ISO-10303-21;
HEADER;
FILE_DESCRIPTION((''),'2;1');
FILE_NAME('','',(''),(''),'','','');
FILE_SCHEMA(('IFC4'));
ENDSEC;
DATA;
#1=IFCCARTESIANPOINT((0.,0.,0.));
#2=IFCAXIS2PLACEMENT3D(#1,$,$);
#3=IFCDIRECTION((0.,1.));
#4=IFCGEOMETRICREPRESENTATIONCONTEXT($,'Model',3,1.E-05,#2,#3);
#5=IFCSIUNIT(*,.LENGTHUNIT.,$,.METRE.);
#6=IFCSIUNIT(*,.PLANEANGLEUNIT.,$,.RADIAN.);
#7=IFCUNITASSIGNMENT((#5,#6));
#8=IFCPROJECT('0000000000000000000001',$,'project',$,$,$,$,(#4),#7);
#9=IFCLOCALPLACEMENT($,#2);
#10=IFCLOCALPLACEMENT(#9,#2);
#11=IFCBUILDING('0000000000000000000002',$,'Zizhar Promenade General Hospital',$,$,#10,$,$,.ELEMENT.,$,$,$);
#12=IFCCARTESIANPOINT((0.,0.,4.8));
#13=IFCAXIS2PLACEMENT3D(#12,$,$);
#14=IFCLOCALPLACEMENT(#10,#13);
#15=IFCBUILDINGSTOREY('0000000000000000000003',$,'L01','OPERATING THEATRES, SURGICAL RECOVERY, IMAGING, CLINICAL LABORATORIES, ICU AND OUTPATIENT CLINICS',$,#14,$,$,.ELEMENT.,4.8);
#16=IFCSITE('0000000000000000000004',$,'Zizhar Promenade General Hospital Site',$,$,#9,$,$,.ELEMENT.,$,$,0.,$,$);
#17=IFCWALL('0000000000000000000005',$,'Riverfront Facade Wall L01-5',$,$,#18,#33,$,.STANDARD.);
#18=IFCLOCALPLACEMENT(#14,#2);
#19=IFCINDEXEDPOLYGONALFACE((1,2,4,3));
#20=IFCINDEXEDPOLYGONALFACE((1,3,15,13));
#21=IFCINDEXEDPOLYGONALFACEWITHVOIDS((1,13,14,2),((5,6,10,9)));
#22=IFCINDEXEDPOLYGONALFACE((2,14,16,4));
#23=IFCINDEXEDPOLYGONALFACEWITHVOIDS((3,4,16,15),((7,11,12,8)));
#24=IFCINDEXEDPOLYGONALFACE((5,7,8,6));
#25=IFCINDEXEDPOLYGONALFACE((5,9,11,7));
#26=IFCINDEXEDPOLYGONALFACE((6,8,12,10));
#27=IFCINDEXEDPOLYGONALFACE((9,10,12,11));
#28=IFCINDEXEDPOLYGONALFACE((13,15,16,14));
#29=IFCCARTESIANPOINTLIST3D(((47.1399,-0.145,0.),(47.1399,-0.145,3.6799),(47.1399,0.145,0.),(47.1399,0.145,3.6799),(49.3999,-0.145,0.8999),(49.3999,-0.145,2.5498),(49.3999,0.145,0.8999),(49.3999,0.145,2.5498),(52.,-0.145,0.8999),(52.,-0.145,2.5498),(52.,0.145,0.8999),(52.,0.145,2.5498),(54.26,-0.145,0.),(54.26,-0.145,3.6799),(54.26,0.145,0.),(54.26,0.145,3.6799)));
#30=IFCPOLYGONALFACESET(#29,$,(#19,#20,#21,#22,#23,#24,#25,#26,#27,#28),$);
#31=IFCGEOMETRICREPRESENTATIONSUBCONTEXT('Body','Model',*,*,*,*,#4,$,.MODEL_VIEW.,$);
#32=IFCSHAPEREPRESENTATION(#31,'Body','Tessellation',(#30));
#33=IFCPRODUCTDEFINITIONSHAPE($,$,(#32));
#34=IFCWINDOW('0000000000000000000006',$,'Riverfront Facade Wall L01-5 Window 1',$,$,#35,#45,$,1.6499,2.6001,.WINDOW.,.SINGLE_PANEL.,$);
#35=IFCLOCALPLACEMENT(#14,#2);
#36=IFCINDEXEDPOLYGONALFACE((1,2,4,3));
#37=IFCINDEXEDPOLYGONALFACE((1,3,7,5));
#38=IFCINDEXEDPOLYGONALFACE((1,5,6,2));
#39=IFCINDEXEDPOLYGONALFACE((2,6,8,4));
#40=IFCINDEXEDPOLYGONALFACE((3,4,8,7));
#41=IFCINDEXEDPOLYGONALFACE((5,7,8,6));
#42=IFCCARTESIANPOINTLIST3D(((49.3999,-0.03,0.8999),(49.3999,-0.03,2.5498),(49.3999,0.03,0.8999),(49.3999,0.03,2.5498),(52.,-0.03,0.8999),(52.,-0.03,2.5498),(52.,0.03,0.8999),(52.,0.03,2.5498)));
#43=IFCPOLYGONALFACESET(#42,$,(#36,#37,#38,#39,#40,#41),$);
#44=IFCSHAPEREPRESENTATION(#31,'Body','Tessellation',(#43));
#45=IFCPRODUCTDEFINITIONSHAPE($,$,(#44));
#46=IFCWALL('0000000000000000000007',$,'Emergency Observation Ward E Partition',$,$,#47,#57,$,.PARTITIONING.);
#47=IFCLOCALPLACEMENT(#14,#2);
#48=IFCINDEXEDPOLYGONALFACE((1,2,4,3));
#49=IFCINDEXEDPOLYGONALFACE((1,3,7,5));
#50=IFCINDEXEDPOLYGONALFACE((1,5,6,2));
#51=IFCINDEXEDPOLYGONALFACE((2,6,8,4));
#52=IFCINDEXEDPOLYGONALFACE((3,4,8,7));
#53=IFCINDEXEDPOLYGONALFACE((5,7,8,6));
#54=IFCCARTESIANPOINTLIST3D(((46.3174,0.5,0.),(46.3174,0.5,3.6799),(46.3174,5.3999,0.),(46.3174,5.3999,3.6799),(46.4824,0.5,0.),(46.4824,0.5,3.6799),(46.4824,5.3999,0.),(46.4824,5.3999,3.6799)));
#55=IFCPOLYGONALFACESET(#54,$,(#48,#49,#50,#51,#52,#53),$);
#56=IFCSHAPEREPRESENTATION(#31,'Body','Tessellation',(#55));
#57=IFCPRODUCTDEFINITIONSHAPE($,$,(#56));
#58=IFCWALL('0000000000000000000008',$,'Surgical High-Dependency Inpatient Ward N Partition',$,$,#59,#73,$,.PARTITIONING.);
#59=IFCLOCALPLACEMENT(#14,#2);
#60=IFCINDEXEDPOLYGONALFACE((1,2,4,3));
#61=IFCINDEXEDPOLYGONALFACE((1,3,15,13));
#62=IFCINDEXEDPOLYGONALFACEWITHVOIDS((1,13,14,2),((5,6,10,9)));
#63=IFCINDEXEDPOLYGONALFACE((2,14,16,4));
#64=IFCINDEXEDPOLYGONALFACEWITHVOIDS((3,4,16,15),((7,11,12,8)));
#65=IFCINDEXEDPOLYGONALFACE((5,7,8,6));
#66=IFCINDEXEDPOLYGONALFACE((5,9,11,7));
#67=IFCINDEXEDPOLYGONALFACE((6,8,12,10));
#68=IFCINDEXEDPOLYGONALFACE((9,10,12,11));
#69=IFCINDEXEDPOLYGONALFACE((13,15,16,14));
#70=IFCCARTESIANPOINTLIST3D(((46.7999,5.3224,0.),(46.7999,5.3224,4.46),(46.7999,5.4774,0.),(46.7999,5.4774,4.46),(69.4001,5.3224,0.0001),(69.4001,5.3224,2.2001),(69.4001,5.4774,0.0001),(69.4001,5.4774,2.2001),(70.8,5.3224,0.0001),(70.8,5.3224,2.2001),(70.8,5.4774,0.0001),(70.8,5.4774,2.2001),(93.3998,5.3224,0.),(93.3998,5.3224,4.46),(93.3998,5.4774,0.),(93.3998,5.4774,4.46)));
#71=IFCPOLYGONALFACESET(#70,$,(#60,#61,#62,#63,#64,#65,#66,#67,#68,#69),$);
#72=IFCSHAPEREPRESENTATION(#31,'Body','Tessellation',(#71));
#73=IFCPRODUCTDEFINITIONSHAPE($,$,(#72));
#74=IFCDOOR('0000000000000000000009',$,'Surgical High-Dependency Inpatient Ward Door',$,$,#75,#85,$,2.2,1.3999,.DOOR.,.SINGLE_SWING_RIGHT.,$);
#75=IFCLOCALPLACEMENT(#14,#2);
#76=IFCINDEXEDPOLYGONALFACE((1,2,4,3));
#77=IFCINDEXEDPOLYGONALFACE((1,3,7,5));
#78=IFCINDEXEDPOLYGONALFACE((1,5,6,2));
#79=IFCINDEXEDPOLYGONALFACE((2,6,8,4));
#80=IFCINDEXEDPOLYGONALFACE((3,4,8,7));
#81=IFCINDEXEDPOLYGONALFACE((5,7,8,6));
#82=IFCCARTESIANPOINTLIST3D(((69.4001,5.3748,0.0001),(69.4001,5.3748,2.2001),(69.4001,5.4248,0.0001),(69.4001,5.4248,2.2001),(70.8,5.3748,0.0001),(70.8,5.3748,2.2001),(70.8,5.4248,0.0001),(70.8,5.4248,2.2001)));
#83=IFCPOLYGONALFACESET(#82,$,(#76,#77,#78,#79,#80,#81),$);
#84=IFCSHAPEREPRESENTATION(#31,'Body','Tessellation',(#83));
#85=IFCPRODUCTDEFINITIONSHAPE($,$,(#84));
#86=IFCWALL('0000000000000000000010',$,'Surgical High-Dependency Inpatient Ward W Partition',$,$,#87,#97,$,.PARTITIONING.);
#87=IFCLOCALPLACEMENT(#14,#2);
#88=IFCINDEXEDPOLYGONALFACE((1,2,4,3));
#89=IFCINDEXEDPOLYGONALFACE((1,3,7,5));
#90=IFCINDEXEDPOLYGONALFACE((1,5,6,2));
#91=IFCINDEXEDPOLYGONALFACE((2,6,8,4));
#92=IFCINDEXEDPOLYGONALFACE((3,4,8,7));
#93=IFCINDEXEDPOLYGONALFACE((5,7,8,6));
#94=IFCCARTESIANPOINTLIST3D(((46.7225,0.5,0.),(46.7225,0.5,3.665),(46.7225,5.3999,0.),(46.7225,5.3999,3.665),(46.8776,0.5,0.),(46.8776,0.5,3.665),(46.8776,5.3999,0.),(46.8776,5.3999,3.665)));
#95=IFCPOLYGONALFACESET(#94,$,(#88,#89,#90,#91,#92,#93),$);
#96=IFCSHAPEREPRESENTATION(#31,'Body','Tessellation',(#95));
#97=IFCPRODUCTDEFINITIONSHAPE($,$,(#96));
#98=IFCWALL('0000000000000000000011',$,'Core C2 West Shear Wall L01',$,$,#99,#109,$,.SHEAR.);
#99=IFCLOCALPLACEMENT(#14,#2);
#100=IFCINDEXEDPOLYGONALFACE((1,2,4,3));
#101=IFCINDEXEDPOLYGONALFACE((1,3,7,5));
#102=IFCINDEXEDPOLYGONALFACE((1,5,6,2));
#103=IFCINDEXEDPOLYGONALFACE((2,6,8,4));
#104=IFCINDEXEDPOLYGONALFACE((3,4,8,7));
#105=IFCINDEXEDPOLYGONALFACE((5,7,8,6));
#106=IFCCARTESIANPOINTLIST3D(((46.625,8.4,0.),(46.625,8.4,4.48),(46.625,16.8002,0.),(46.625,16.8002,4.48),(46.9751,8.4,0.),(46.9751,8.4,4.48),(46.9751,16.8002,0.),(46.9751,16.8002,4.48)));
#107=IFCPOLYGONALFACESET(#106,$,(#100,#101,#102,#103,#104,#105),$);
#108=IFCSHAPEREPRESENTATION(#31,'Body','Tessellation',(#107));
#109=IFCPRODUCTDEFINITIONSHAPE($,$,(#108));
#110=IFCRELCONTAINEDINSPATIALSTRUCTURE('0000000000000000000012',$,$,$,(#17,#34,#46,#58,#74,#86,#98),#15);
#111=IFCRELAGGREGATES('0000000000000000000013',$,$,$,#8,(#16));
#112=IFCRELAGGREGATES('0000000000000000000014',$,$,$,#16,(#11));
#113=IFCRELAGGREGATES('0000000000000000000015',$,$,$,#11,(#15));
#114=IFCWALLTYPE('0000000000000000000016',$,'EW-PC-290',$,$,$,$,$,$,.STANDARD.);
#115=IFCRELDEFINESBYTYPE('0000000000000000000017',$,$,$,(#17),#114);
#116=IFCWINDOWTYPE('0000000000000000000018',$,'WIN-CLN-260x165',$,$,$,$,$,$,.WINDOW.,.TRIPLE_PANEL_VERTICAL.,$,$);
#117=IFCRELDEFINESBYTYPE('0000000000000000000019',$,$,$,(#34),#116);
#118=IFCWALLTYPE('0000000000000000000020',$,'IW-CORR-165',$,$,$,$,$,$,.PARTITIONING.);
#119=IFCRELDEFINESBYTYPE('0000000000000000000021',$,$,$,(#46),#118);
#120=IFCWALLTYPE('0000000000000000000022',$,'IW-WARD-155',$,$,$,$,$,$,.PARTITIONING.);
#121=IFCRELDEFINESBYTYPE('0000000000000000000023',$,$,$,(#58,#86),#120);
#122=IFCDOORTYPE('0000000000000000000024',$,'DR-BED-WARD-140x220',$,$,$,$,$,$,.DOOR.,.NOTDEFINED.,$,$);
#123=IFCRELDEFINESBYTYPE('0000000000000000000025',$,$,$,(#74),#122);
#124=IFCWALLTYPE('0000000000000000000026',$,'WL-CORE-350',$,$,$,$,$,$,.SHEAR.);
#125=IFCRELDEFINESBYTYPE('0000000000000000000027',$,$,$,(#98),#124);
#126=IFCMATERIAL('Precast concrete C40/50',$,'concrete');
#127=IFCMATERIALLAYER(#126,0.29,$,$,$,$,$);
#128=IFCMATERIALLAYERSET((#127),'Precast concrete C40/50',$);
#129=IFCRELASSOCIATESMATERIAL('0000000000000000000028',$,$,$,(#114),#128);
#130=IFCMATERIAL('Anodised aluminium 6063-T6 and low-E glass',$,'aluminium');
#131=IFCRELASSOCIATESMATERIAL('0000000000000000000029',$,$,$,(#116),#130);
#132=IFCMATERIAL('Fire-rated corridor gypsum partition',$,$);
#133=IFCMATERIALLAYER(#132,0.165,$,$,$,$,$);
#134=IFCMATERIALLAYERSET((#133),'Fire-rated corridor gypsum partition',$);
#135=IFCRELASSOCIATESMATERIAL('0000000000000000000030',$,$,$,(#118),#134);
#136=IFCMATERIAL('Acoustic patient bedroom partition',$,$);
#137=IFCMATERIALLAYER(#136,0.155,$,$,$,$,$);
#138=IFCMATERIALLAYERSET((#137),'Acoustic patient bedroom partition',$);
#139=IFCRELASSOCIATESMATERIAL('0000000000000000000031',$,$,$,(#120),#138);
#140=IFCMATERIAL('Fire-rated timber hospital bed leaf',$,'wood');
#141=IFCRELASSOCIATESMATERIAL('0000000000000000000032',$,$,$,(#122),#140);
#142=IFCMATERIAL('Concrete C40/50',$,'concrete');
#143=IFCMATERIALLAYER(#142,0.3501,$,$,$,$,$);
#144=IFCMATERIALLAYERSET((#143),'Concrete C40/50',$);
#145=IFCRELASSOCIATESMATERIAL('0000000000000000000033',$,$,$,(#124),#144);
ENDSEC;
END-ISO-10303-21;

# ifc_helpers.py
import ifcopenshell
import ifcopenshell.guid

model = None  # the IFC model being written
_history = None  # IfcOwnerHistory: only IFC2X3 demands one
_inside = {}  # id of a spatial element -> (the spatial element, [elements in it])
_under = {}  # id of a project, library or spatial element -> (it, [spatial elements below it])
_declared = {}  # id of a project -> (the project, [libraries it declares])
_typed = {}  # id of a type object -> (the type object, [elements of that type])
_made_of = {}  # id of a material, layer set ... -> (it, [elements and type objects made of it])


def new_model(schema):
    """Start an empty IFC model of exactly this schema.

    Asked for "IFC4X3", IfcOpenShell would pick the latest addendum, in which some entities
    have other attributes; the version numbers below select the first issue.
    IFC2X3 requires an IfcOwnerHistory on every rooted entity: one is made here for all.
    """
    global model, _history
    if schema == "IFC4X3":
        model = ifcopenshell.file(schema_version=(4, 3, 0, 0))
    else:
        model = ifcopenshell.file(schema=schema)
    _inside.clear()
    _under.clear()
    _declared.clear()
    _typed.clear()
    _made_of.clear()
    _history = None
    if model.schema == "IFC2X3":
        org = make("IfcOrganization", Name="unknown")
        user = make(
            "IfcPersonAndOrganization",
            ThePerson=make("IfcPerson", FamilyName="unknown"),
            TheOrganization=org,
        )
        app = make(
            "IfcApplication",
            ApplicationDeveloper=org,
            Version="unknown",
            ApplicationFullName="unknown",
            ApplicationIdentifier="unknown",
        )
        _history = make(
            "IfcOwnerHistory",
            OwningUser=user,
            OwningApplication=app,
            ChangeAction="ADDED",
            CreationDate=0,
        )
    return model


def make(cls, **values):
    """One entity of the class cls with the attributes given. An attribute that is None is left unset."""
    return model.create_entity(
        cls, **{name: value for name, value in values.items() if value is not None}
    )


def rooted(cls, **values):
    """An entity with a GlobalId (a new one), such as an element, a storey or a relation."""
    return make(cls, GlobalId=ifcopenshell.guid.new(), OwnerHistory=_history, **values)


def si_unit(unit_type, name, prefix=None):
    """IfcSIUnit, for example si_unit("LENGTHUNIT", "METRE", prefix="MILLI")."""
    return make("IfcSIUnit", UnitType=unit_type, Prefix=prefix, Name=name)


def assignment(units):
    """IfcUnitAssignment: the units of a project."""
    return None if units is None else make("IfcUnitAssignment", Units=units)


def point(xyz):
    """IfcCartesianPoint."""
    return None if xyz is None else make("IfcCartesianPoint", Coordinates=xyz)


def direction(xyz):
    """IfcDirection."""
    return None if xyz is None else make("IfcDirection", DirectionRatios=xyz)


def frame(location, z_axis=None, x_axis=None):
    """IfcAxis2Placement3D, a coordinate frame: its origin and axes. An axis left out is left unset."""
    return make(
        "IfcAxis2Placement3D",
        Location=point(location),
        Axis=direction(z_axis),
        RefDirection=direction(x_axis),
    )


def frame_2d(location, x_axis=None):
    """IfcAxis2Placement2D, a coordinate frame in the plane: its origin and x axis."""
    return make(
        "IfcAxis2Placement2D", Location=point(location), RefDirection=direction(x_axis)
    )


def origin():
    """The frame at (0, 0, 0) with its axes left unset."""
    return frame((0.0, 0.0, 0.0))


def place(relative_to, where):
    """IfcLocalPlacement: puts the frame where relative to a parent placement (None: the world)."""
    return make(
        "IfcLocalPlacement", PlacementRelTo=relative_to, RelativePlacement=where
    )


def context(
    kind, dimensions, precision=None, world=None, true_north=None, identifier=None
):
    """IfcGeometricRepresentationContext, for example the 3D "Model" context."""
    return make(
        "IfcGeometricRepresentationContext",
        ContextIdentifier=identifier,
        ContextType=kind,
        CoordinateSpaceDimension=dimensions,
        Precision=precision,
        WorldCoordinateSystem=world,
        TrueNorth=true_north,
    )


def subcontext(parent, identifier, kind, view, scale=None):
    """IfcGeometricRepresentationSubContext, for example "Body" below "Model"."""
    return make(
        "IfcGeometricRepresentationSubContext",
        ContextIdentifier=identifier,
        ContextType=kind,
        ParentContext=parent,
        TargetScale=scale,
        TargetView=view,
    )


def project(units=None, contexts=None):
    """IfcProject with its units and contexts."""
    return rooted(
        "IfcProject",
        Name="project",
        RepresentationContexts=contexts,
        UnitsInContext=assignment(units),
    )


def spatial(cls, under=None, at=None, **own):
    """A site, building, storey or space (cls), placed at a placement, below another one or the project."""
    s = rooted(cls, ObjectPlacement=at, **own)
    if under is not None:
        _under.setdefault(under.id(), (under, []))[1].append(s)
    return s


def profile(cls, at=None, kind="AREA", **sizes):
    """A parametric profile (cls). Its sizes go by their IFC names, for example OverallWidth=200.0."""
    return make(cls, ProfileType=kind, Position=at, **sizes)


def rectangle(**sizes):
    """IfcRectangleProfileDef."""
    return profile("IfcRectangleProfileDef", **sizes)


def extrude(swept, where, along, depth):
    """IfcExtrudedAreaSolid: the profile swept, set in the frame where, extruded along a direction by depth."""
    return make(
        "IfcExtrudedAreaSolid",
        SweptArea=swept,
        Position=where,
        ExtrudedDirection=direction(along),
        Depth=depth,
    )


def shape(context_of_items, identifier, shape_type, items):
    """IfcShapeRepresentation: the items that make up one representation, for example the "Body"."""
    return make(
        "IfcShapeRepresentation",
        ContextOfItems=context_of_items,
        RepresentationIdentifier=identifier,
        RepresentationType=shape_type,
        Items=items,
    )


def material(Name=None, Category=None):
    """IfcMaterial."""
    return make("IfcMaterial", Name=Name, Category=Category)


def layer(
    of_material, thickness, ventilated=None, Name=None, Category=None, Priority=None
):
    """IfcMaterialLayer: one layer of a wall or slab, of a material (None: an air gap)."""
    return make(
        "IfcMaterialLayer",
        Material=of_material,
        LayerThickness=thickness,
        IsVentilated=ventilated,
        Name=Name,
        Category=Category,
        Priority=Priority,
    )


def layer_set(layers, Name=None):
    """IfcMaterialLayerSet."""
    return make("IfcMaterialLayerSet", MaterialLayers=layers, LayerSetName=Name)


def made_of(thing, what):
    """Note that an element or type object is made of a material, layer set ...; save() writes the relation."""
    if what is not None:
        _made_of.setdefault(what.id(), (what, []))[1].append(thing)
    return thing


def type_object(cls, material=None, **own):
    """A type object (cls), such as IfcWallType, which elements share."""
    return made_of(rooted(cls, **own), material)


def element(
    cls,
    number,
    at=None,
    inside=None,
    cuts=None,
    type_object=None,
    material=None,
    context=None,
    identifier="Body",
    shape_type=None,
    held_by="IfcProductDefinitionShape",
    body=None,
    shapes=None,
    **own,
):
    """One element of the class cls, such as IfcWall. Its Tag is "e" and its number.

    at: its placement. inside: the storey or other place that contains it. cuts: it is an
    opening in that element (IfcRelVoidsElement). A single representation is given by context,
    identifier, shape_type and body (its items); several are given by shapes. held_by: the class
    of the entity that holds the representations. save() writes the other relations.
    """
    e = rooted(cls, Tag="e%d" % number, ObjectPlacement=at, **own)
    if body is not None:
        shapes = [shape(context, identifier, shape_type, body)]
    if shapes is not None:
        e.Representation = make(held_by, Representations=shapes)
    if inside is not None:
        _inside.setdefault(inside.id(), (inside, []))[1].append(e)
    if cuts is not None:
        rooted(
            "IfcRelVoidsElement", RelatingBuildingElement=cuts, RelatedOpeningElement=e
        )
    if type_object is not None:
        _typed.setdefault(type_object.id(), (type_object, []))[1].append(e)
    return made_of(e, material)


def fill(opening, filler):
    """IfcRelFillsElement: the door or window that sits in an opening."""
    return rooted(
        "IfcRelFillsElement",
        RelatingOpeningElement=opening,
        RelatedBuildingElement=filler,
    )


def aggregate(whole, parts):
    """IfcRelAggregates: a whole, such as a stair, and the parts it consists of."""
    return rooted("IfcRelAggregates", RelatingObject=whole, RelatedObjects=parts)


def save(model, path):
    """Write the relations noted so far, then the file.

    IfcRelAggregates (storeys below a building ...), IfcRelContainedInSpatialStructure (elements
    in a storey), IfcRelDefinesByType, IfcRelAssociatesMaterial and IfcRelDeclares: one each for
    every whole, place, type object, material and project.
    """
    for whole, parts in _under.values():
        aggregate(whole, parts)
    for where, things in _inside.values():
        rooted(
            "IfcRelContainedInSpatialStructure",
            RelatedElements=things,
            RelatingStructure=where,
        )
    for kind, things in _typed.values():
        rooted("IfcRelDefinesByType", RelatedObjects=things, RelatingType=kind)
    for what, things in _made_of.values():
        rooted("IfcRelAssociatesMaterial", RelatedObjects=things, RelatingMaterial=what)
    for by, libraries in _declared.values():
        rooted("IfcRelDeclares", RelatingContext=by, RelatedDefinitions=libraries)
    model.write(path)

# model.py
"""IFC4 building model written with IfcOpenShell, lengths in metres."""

from ifc_helpers import new_model, si_unit, direction, frame, frame_2d, origin, place, context, subcontext, project, spatial, rectangle, extrude, material, layer, layer_set, type_object, element, fill, save


model = new_model("IFC4")

# Units and contexts
model_context = context("Model", 3, precision=1e-05, world=origin(), true_north=direction((0.0, 1.0)))
body_context = subcontext(model_context, "Body", "Model", "MODEL_VIEW")
ifc_project = project(units=[si_unit("LENGTHUNIT", "METRE"), si_unit("PLANEANGLEUNIT", "RADIAN")], contexts=[model_context])

# Site, building, storey
site_placement = place(None, origin())
site = spatial("IfcSite", under=ifc_project, at=site_placement, Name="Zizhar Promenade General Hospital Site", CompositionType="ELEMENT", RefElevation=0.0)
building_placement = place(site_placement, origin())
building = spatial("IfcBuilding", under=site, at=building_placement, Name="Zizhar Promenade General Hospital", CompositionType="ELEMENT")
storey_placement = place(building_placement, frame((0.0, 0.0, 4.8)))
storey = spatial("IfcBuildingStorey", under=building, at=storey_placement, Name="L01", Description="OPERATING THEATRES, SURGICAL RECOVERY, IMAGING, CLINICAL LABORATORIES, ICU AND OUTPATIENT CLINICS", CompositionType="ELEMENT", Elevation=4.8)

# Wall, opening, window
ifc_material_1 = material(Name="Precast concrete C40/50", Category="concrete")
ifc_layer_1 = layer(ifc_material_1, 0.29)
ifc_layer_set_1 = layer_set([ifc_layer_1], Name="Precast concrete C40/50")
wall_type_1 = type_object("IfcWallType", Name="EW-PC-290", PredefinedType="STANDARD", material=ifc_layer_set_1)
wall_1_placement = place(storey_placement, frame((54.26, 0.0, 0.0), z_axis=(0.0, 0.0, 1.0), x_axis=(-1.0, 0.0, 0.0)))
wall_1 = element("IfcWall", 1, at=wall_1_placement, inside=storey, type_object=wall_type_1, Name="Riverfront Facade Wall L01-5", PredefinedType="STANDARD", context=body_context, shape_type="SweptSolid", body=[
    extrude(rectangle(XDim=7.1201, YDim=0.29, at=frame_2d((3.5601, 0.0))), origin(), (0.0, 0.0, 1.0), 3.6799),
])
opening_1_placement = place(wall_1_placement, frame((2.26, 0.0, 0.8999)))
opening_1 = element("IfcOpeningElement", 2, at=opening_1_placement, cuts=wall_1, PredefinedType="OPENING", context=body_context, shape_type="SweptSolid", body=[
    extrude(rectangle(XDim=2.6001, YDim=1.6499, at=frame_2d((1.3, 0.825))), frame((0.0, 0.155, 0.0), z_axis=(0.0, -1.0, 0.0), x_axis=(1.0, 0.0, 0.0)), (0.0, 0.0, 1.0), 0.3101),
])
ifc_material_2 = material(Name="Anodised aluminium 6063-T6 and low-E glass", Category="aluminium")
window_type = type_object("IfcWindowType", Name="WIN-CLN-260x165", PartitioningType="TRIPLE_PANEL_VERTICAL", PredefinedType="WINDOW", material=ifc_material_2)
window_placement = place(opening_1_placement, origin())
window = element("IfcWindow", 3, at=window_placement, inside=storey, type_object=window_type, Name="Riverfront Facade Wall L01-5 Window 1", OverallHeight=1.6499, OverallWidth=2.6001, PartitioningType="SINGLE_PANEL", PredefinedType="WINDOW", context=body_context, shape_type="SweptSolid", body=[
    extrude(rectangle(XDim=2.6001, YDim=1.6499, at=frame_2d((1.3, 0.825))), frame((0.0, 0.03, 0.0), z_axis=(0.0, -1.0, 0.0), x_axis=(1.0, 0.0, 0.0)), (0.0, 0.0, 1.0), 0.0601),
])
fill(opening_1, window)

# Wall
ifc_material_3 = material(Name="Fire-rated corridor gypsum partition")
ifc_layer_2 = layer(ifc_material_3, 0.165)
ifc_layer_set_2 = layer_set([ifc_layer_2], Name="Fire-rated corridor gypsum partition")
wall_type_2 = type_object("IfcWallType", Name="IW-CORR-165", PredefinedType="PARTITIONING", material=ifc_layer_set_2)
wall_2_placement = place(storey_placement, frame((46.3999, 0.5, 0.0), z_axis=(0.0, 0.0, 1.0), x_axis=(0.0, 1.0, 0.0)))
element("IfcWall", 4, at=wall_2_placement, inside=storey, type_object=wall_type_2, Name="Emergency Observation Ward E Partition", PredefinedType="PARTITIONING", context=body_context, shape_type="SweptSolid", body=[
    extrude(rectangle(XDim=4.8999, YDim=0.165, at=frame_2d((2.45, 0.0))), origin(), (0.0, 0.0, 1.0), 3.6799),
])

# Wall, opening, door
ifc_material_4 = material(Name="Acoustic patient bedroom partition")
ifc_layer_3 = layer(ifc_material_4, 0.155)
ifc_layer_set_3 = layer_set([ifc_layer_3], Name="Acoustic patient bedroom partition")
wall_type_3 = type_object("IfcWallType", Name="IW-WARD-155", PredefinedType="PARTITIONING", material=ifc_layer_set_3)
wall_3_placement = place(storey_placement, frame((46.8, 5.3999, 0.0), z_axis=(0.0, 0.0, 1.0), x_axis=(1.0, 0.0, 0.0)))
wall_3 = element("IfcWall", 5, at=wall_3_placement, inside=storey, type_object=wall_type_3, Name="Surgical High-Dependency Inpatient Ward N Partition", PredefinedType="PARTITIONING", context=body_context, shape_type="SweptSolid", body=[
    extrude(rectangle(XDim=46.5999, YDim=0.155, at=frame_2d((23.2998, 0.0))), origin(), (0.0, 0.0, 1.0), 4.46),
])
opening_2_placement = place(wall_3_placement, frame((22.6001, 0.0, 0.0)))
opening_2 = element("IfcOpeningElement", 6, at=opening_2_placement, cuts=wall_3, PredefinedType="OPENING", context=body_context, shape_type="SweptSolid", body=[
    extrude(rectangle(XDim=1.3999, YDim=2.2, at=frame_2d((0.7, 1.1001))), frame((0.0, 0.0874, 0.0), z_axis=(0.0, -1.0, 0.0), x_axis=(1.0, 0.0, 0.0)), (0.0, 0.0, 1.0), 0.175),
])
ifc_material_5 = material(Name="Fire-rated timber hospital bed leaf", Category="wood")
door_type = type_object("IfcDoorType", Name="DR-BED-WARD-140x220", OperationType="NOTDEFINED", PredefinedType="DOOR", material=ifc_material_5)
door_placement = place(opening_2_placement, origin())
door = element("IfcDoor", 7, at=door_placement, inside=storey, type_object=door_type, Name="Surgical High-Dependency Inpatient Ward Door", OperationType="SINGLE_SWING_RIGHT", OverallHeight=2.2, OverallWidth=1.3999, PredefinedType="DOOR", context=body_context, shape_type="SweptSolid", body=[
    extrude(rectangle(XDim=1.3999, YDim=2.2, at=frame_2d((0.7, 1.1001))), frame((0.0, 0.0249, 0.0), z_axis=(0.0, -1.0, 0.0), x_axis=(1.0, 0.0, 0.0)), (0.0, 0.0, 1.0), 0.05),
])
fill(opening_2, door)

# Walls
wall_4_placement = place(storey_placement, frame((46.8, 0.5, 0.0), z_axis=(0.0, 0.0, 1.0), x_axis=(0.0, 1.0, 0.0)))
element("IfcWall", 8, at=wall_4_placement, inside=storey, type_object=wall_type_3, Name="Surgical High-Dependency Inpatient Ward W Partition", PredefinedType="PARTITIONING", context=body_context, shape_type="SweptSolid", body=[
    extrude(rectangle(XDim=4.8999, YDim=0.155, at=frame_2d((2.45, 0.0))), origin(), (0.0, 0.0, 1.0), 3.665),
])
ifc_material_6 = material(Name="Concrete C40/50", Category="concrete")
ifc_layer_4 = layer(ifc_material_6, 0.3501)
ifc_layer_set_4 = layer_set([ifc_layer_4], Name="Concrete C40/50")
wall_type_4 = type_object("IfcWallType", Name="WL-CORE-350", PredefinedType="SHEAR", material=ifc_layer_set_4)
wall_5_placement = place(storey_placement, frame((46.8, 8.3999, 0.0), z_axis=(0.0, 0.0, 1.0), x_axis=(0.0, 1.0, 0.0)))
element("IfcWall", 9, at=wall_5_placement, inside=storey, type_object=wall_type_4, Name="Core C2 West Shear Wall L01", PredefinedType="SHEAR", context=body_context, shape_type="SweptSolid", body=[
    extrude(rectangle(XDim=8.4001, YDim=0.3501, at=frame_2d((4.2002, 0.0))), origin(), (0.0, 0.0, 1.0), 4.48),
])

save(model, "model.ifc")
